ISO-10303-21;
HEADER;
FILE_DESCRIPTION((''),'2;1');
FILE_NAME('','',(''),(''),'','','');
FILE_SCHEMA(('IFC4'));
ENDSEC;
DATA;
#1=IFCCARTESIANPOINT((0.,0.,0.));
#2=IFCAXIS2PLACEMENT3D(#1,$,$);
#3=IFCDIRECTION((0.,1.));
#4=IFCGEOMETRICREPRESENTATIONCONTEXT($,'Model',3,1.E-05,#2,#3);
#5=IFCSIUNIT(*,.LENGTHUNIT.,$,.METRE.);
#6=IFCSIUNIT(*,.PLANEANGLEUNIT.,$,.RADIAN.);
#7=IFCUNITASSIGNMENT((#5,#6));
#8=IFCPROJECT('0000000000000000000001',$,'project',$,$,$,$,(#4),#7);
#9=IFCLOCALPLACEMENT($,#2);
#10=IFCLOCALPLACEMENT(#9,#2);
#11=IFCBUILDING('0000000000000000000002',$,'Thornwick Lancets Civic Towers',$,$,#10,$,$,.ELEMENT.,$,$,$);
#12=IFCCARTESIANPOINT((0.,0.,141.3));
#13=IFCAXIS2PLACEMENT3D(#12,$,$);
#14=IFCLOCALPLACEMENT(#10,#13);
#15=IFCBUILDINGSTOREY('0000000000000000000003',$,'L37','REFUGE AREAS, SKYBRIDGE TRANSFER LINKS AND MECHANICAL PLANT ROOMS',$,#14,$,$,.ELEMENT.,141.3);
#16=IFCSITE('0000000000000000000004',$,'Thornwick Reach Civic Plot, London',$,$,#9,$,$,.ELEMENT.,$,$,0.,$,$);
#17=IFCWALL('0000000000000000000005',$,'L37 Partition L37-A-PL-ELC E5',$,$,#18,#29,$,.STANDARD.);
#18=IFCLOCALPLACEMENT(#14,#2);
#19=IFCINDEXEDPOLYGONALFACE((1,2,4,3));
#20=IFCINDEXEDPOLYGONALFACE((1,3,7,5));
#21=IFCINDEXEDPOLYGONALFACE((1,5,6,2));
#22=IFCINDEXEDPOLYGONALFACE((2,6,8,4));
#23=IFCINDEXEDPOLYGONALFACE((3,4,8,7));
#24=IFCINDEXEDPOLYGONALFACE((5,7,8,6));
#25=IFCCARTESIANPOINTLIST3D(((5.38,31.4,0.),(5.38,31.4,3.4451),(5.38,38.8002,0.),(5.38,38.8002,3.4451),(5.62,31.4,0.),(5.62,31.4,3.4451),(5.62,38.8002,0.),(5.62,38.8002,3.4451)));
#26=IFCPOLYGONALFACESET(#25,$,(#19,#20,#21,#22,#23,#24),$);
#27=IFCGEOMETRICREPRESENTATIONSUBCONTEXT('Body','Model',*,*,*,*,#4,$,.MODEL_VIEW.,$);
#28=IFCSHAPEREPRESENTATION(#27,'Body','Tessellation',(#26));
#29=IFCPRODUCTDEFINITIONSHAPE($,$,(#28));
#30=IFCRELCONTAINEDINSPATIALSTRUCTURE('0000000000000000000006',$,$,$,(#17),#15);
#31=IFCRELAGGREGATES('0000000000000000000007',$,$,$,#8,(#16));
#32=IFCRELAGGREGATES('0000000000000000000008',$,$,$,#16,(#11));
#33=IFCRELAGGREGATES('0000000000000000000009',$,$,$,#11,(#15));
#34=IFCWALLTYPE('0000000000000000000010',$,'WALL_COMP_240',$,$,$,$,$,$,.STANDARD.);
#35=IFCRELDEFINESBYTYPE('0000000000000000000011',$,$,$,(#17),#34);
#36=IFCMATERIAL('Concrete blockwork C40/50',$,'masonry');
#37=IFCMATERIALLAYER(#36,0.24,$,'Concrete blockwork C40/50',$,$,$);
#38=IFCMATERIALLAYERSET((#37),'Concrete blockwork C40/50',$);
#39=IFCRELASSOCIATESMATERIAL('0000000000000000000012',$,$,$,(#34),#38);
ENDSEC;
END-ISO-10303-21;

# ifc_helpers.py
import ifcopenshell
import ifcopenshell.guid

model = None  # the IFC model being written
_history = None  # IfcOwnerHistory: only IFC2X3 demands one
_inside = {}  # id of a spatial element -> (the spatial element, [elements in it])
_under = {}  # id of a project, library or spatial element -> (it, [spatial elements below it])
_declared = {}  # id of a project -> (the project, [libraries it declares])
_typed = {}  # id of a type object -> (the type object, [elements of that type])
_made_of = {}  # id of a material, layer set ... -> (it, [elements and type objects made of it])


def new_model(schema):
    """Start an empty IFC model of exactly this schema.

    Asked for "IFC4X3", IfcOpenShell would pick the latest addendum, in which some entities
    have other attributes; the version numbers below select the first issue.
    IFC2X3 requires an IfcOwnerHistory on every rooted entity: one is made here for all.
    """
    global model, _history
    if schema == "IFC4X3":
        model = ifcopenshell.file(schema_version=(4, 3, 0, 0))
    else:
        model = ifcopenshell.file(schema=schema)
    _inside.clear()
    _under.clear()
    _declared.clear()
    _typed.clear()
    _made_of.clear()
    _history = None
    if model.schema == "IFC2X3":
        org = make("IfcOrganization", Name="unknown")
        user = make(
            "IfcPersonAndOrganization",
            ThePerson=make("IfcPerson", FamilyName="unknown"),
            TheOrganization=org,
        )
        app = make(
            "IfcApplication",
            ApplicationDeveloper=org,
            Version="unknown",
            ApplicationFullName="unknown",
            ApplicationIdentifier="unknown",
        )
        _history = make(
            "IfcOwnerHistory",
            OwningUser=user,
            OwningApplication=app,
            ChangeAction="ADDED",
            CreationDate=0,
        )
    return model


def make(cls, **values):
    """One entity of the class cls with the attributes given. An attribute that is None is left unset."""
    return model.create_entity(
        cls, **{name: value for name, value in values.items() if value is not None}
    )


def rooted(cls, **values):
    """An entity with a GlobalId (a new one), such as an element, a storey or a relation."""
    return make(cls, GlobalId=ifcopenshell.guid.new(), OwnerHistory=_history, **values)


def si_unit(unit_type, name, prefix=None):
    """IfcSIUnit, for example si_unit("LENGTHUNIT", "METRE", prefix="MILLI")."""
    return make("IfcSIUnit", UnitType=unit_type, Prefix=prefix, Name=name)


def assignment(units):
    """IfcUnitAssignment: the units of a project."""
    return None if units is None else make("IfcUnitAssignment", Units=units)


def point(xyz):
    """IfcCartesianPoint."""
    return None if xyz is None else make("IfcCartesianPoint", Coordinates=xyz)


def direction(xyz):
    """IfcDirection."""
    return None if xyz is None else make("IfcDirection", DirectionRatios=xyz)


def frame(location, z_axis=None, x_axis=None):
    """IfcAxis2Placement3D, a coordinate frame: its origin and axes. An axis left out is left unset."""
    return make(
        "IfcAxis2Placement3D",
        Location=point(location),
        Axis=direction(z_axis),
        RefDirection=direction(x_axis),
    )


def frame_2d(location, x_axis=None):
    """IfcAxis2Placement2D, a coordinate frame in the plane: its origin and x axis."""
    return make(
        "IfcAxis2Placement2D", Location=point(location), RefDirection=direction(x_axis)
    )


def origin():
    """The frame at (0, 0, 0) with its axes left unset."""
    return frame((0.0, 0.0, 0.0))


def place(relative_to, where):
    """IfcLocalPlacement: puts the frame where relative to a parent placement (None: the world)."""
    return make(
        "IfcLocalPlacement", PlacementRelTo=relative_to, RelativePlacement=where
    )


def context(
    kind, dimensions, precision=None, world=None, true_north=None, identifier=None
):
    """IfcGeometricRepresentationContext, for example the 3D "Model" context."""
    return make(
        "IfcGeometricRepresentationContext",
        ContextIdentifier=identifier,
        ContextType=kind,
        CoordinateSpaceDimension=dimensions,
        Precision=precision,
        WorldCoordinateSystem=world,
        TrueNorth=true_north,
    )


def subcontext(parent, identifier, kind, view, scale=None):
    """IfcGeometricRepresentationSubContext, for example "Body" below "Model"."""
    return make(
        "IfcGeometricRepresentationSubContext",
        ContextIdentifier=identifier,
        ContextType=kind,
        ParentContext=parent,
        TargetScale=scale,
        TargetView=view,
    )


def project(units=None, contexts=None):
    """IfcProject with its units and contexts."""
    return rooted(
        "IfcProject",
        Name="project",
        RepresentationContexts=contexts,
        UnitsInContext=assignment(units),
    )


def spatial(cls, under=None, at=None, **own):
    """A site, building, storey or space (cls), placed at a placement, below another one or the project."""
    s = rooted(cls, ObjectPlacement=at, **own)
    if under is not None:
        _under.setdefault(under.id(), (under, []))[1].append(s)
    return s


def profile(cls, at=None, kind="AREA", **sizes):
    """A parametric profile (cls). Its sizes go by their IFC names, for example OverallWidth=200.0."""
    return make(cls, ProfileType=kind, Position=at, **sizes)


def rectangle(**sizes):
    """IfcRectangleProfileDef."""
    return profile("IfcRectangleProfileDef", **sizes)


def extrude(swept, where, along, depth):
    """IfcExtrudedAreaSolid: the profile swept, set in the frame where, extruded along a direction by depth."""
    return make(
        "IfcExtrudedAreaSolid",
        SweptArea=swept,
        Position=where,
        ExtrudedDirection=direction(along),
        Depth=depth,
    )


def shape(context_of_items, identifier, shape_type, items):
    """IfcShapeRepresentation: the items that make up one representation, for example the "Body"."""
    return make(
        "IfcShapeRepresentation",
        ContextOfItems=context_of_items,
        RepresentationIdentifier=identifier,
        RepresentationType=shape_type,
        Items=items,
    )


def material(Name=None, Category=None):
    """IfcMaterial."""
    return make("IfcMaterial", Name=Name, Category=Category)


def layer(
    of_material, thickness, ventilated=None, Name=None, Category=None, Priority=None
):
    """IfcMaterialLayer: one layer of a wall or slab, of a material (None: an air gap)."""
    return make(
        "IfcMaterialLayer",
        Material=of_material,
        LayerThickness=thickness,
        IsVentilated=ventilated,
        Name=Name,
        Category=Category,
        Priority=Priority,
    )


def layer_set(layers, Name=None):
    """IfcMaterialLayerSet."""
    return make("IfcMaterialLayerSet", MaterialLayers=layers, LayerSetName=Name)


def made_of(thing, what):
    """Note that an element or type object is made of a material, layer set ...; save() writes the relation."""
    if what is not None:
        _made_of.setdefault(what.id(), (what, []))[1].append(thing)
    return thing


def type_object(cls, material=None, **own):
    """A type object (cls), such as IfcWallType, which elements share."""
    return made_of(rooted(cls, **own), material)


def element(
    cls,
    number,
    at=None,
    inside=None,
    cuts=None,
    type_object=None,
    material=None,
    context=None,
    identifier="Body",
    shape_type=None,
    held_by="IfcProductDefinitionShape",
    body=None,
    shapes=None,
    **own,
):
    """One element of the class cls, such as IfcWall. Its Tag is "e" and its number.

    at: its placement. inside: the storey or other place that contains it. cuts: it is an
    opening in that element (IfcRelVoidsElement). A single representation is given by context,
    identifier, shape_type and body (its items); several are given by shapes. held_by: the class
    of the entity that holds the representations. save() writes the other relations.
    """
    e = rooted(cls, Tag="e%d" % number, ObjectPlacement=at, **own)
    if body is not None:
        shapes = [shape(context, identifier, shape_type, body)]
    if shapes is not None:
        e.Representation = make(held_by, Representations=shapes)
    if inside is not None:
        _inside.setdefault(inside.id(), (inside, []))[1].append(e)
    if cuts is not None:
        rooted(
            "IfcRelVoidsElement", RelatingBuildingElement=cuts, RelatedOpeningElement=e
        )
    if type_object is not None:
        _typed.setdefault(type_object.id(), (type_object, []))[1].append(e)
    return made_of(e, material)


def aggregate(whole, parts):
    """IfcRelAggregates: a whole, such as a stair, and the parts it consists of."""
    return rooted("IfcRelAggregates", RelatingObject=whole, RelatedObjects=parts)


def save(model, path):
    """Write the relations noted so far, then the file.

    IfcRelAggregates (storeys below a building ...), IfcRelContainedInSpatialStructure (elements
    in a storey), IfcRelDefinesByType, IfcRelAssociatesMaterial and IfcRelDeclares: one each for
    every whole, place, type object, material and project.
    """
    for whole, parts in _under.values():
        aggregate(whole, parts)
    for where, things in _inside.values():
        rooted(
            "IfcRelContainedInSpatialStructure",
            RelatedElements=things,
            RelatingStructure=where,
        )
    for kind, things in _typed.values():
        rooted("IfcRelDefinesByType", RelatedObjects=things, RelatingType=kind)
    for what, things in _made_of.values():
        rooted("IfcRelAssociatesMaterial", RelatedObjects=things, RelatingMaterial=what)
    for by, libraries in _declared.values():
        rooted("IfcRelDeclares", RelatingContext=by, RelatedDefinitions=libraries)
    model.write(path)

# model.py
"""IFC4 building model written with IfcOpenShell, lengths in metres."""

from ifc_helpers import new_model, si_unit, direction, frame, frame_2d, origin, place, context, subcontext, project, spatial, rectangle, extrude, material, layer, layer_set, type_object, element, save


model = new_model("IFC4")

# Units and contexts
model_context = context("Model", 3, precision=1e-05, world=origin(), true_north=direction((0.0, 1.0)))
body_context = subcontext(model_context, "Body", "Model", "MODEL_VIEW")
ifc_project = project(units=[si_unit("LENGTHUNIT", "METRE"), si_unit("PLANEANGLEUNIT", "RADIAN")], contexts=[model_context])

# Site, building, storey
site_placement = place(None, origin())
site = spatial("IfcSite", under=ifc_project, at=site_placement, Name="Thornwick Reach Civic Plot, London", CompositionType="ELEMENT", RefElevation=0.0)
building_placement = place(site_placement, origin())
building = spatial("IfcBuilding", under=site, at=building_placement, Name="Thornwick Lancets Civic Towers", CompositionType="ELEMENT")
storey_placement = place(building_placement, frame((0.0, 0.0, 141.3)))
storey = spatial("IfcBuildingStorey", under=building, at=storey_placement, Name="L37", Description="REFUGE AREAS, SKYBRIDGE TRANSFER LINKS AND MECHANICAL PLANT ROOMS", CompositionType="ELEMENT", Elevation=141.3)

# Shared definitions
ifc_material_1 = material(Name="Concrete blockwork C40/50", Category="masonry")

# Wall
ifc_layer_1 = layer(ifc_material_1, 0.24, Name="Concrete blockwork C40/50")
ifc_layer_set_1 = layer_set([ifc_layer_1], Name="Concrete blockwork C40/50")
wall_type_1 = type_object("IfcWallType", Name="WALL_COMP_240", PredefinedType="STANDARD", material=ifc_layer_set_1)
wall_1_placement = place(storey_placement, frame((5.5, 31.3999, 0.0), z_axis=(0.0, 0.0, 1.0), x_axis=(0.0, 1.0, 0.0)))
element("IfcWall", 1, at=wall_1_placement, inside=storey, type_object=wall_type_1, Name="L37 Partition L37-A-PL-ELC E5", PredefinedType="STANDARD", context=body_context, shape_type="SweptSolid", body=[
    extrude(rectangle(XDim=7.4001, YDim=0.24, at=frame_2d((3.7002, 0.0))), origin(), (0.0, 0.0, 1.0), 3.4451),
])

save(model, "model.ifc")
